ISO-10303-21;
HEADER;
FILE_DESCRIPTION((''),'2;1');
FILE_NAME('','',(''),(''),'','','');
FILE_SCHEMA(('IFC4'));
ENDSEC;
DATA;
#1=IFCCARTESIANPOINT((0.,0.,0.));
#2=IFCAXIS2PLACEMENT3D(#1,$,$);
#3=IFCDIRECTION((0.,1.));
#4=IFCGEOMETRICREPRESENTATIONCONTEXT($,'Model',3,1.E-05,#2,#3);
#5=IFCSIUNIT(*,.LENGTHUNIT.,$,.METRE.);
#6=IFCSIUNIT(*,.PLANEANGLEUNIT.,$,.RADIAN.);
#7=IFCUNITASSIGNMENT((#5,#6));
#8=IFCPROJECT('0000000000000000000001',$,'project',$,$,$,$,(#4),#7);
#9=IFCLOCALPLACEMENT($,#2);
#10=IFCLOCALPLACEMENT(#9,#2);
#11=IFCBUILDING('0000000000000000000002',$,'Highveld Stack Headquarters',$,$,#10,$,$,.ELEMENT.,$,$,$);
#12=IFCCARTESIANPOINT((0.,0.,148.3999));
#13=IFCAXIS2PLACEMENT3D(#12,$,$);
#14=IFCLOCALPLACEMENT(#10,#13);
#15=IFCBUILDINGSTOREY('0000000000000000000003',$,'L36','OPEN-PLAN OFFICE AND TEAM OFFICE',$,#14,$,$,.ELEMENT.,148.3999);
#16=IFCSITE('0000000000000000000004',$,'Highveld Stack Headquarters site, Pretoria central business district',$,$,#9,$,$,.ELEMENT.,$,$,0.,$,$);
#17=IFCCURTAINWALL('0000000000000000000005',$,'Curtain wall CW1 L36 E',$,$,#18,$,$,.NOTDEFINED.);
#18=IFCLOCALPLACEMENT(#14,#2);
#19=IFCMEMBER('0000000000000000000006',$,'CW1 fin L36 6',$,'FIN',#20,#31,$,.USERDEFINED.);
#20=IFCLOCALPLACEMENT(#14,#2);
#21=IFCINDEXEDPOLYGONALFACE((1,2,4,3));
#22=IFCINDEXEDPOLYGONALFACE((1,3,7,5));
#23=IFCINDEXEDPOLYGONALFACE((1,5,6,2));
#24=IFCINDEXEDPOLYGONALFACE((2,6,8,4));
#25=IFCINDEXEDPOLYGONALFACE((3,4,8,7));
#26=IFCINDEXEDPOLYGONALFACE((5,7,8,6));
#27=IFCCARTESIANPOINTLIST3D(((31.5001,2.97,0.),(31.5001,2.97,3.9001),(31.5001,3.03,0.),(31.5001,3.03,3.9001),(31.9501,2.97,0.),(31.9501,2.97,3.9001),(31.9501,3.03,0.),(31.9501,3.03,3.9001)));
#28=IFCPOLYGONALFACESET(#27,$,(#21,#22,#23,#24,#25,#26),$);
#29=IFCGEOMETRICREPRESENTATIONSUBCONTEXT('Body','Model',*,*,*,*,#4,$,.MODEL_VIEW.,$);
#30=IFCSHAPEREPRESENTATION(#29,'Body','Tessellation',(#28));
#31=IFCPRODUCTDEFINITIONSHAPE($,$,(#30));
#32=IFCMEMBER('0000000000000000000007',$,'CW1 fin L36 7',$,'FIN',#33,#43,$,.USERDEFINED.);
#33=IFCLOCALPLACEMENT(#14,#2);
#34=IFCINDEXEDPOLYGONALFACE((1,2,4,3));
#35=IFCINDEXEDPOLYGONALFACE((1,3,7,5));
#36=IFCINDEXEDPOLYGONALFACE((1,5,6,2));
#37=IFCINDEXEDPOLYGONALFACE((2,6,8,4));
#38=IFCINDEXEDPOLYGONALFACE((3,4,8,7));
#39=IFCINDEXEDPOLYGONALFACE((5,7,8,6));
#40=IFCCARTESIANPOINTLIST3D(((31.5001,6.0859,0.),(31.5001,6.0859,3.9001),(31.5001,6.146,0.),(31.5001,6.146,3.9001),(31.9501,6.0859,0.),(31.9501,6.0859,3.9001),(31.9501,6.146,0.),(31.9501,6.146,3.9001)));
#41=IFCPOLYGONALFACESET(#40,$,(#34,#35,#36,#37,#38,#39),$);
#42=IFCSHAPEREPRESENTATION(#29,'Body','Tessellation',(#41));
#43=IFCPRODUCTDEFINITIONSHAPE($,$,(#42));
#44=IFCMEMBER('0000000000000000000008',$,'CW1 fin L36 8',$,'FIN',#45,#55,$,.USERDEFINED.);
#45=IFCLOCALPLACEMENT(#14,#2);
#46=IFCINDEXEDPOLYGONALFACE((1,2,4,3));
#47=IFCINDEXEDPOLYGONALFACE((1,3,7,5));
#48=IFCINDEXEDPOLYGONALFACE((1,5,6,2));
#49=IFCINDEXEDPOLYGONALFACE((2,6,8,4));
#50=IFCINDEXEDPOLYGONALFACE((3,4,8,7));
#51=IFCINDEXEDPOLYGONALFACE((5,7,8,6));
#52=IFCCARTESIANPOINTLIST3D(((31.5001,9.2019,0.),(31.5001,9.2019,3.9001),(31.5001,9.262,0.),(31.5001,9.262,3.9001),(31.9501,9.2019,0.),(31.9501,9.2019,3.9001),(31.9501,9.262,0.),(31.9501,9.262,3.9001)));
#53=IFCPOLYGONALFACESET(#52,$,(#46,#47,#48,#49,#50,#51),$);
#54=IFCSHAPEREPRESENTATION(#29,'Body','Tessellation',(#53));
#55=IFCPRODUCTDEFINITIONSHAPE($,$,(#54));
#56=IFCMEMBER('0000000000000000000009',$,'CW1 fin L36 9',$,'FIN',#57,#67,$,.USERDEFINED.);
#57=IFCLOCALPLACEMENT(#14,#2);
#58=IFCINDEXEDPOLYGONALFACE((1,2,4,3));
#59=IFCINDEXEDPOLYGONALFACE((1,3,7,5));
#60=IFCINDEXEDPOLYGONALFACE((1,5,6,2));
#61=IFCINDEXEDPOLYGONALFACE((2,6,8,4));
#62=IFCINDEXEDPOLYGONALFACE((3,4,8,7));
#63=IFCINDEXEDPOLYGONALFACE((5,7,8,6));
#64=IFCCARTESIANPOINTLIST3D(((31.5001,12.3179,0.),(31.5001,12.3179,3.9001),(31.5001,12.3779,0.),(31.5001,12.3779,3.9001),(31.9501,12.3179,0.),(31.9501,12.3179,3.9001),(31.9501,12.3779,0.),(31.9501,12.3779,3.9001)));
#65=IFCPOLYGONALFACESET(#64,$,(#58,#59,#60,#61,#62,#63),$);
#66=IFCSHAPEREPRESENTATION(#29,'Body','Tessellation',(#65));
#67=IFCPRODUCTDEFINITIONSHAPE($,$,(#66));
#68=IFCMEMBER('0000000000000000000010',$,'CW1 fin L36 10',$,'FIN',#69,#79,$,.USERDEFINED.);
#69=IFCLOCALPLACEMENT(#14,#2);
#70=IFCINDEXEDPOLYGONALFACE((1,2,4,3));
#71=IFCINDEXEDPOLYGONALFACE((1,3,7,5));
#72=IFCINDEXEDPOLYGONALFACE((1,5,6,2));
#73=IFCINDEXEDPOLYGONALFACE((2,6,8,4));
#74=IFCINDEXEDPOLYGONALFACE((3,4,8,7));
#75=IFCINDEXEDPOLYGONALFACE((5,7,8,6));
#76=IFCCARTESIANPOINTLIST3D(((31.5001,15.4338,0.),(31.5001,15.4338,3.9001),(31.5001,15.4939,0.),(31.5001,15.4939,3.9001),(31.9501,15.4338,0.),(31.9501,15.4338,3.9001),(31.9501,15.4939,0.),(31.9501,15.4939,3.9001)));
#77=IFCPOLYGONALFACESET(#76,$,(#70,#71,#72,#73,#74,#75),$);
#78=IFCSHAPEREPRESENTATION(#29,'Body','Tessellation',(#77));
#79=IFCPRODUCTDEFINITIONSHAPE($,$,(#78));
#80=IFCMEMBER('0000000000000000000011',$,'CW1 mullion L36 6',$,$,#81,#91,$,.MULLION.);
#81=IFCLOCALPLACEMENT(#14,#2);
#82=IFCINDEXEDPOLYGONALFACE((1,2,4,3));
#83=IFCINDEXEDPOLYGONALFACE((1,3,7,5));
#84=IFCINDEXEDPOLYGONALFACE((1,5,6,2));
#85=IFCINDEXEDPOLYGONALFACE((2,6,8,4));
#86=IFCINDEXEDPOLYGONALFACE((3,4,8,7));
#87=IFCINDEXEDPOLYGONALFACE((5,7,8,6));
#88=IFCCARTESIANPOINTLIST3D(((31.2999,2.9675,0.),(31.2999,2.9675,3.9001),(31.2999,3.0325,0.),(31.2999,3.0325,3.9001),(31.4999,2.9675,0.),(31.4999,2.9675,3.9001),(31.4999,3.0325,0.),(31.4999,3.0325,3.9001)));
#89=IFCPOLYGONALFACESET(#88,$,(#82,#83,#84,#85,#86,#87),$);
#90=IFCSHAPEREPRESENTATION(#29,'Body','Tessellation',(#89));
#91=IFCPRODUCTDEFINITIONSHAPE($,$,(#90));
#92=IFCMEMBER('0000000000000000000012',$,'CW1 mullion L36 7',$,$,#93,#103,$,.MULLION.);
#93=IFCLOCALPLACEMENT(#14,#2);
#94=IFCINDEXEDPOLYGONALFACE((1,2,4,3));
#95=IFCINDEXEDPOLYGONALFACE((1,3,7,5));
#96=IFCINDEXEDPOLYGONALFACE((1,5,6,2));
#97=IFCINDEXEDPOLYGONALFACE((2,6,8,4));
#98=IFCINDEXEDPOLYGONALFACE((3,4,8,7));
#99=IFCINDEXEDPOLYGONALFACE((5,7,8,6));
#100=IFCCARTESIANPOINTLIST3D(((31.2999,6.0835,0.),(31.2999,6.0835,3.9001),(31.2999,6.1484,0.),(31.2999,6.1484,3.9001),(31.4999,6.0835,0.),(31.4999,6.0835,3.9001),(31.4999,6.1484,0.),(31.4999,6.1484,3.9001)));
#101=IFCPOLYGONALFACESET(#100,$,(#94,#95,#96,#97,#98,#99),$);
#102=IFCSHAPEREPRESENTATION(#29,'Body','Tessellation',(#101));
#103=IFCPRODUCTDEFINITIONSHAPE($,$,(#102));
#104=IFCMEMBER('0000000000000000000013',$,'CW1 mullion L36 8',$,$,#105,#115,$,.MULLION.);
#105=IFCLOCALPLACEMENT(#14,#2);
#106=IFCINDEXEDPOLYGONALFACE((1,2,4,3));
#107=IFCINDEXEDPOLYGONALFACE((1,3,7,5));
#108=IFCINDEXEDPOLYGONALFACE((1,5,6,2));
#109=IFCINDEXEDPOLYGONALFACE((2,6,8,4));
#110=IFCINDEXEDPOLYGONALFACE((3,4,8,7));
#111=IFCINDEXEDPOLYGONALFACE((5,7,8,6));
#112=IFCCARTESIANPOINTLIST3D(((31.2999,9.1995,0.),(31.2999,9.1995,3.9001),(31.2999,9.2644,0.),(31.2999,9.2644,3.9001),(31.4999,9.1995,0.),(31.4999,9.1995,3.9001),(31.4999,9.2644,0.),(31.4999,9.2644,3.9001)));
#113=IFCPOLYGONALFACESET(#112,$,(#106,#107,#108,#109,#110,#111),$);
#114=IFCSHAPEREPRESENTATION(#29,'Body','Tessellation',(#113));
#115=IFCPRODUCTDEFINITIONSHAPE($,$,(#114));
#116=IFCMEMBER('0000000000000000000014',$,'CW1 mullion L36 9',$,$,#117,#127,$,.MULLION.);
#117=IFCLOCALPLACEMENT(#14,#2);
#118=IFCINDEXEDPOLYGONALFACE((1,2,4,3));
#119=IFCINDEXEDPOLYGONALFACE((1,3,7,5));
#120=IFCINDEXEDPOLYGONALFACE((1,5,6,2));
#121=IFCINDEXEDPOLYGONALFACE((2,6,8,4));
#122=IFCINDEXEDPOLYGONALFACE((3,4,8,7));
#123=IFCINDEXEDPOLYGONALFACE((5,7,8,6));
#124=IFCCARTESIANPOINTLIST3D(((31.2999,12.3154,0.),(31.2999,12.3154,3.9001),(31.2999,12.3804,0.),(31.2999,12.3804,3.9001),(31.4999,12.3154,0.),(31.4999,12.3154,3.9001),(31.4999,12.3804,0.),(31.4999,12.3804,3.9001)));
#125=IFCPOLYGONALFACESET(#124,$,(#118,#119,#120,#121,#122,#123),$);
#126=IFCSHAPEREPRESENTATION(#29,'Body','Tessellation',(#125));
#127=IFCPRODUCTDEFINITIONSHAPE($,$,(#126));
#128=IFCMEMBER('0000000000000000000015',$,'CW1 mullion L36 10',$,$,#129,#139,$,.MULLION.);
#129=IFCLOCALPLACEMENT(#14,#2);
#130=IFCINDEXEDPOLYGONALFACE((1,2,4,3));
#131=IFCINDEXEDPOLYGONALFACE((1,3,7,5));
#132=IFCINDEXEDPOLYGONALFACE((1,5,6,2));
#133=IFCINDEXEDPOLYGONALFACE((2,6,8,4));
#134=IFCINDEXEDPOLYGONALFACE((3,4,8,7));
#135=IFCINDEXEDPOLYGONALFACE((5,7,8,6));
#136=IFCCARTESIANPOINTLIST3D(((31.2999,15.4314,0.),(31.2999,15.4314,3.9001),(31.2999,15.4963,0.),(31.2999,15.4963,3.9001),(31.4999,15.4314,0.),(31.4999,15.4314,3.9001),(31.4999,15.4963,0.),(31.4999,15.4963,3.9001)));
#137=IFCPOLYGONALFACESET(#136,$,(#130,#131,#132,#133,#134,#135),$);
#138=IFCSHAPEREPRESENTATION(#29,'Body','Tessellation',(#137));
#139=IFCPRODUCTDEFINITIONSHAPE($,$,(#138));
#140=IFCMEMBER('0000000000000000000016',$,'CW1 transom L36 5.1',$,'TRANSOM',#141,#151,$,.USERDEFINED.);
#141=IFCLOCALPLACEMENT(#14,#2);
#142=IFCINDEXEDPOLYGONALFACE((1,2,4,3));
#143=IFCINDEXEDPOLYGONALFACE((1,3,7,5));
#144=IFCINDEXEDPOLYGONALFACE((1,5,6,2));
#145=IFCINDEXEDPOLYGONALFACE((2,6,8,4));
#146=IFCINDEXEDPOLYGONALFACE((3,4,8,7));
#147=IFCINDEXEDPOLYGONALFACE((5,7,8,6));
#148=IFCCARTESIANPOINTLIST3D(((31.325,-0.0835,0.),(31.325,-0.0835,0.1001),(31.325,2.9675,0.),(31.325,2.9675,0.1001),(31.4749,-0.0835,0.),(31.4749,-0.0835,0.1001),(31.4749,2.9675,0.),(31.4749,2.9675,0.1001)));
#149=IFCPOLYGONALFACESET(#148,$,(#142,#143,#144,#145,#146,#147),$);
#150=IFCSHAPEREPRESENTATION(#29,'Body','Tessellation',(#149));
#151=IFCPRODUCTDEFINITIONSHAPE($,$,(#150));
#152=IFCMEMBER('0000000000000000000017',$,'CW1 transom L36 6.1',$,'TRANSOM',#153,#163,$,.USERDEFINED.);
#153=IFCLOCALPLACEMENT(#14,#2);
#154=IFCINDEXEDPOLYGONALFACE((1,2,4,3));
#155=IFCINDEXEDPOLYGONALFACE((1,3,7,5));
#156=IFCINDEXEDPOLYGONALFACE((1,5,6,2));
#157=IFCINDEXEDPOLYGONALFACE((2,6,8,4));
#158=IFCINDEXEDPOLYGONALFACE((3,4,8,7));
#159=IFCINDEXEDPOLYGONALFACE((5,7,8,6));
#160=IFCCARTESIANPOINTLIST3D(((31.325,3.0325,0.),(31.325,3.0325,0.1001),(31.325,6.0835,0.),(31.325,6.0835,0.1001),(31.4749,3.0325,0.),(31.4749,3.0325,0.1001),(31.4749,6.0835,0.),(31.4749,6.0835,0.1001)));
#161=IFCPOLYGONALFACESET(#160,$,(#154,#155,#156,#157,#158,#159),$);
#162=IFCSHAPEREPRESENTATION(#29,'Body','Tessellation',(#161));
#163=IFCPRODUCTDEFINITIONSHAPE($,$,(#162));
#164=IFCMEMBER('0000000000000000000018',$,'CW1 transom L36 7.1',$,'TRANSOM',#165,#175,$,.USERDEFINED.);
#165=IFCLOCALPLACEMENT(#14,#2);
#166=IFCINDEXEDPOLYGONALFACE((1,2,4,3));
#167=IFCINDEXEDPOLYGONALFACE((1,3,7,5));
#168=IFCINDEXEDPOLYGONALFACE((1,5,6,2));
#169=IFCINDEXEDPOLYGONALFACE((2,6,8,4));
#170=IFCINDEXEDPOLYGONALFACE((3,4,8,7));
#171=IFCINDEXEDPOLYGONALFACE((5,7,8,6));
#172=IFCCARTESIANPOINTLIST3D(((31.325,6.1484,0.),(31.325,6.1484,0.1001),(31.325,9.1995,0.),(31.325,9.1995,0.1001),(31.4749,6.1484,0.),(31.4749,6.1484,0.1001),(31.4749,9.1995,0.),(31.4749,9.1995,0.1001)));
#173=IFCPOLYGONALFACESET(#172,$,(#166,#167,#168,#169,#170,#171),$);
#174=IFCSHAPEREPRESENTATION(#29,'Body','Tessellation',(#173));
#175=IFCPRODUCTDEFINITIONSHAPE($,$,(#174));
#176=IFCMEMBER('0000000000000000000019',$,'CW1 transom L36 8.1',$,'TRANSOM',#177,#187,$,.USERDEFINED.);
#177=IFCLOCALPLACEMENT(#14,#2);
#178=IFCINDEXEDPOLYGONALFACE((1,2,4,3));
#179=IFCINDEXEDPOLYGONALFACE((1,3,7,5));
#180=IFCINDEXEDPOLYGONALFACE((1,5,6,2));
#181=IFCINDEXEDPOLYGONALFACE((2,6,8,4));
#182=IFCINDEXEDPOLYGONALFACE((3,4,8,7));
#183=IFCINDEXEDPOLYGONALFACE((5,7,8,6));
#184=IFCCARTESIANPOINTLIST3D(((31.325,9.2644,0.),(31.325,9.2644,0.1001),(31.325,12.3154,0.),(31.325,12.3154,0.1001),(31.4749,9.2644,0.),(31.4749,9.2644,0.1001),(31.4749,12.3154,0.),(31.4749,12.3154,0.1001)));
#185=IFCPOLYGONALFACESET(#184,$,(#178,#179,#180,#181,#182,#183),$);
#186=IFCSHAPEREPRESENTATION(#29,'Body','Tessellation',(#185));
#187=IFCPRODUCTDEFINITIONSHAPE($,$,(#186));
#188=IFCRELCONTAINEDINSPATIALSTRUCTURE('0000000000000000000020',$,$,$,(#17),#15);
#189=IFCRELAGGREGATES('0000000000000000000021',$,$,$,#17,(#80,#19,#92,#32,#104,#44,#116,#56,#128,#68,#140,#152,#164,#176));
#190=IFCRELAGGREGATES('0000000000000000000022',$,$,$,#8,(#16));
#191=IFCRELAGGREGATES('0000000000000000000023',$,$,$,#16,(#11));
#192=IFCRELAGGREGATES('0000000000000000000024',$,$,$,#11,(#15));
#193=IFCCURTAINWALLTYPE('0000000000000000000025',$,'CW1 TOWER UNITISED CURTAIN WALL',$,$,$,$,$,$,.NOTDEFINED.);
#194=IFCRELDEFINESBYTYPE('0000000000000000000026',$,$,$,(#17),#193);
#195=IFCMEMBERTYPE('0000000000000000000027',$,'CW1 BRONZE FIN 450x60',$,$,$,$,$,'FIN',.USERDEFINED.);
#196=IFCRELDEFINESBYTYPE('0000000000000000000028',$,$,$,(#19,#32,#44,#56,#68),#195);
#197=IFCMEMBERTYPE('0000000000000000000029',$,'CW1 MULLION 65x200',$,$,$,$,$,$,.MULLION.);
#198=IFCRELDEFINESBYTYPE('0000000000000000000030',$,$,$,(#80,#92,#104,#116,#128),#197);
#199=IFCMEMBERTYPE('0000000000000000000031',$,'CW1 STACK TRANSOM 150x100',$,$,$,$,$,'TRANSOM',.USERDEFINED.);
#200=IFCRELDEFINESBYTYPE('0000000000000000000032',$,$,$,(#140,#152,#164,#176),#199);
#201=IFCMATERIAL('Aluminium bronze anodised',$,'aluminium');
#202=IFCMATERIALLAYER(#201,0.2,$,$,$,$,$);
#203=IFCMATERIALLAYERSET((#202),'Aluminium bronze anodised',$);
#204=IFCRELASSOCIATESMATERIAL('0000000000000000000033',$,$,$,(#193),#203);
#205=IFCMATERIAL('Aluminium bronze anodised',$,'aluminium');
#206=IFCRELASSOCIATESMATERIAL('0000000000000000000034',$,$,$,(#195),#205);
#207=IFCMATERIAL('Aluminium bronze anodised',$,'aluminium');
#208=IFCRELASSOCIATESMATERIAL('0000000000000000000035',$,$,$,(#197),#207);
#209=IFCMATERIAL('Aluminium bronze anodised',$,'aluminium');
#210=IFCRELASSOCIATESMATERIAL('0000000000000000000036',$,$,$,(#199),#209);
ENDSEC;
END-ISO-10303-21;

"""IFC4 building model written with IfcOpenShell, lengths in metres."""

from ifc_helpers import new_model, si_unit, direction, frame, origin, origin_2d, place, context, subcontext, project, spatial, rectangle, extrude, material, layer, layer_set, material_profile, profile_set, type_object, element, aggregate, save


model = new_model("IFC4")

# Units and contexts
model_context = context("Model", 3, precision=1e-05, world=origin(), true_north=direction((0.0, 1.0)))
body_context = subcontext(model_context, "Body", "Model", "MODEL_VIEW")
ifc_project = project(units=[si_unit("LENGTHUNIT", "METRE"), si_unit("PLANEANGLEUNIT", "RADIAN")], contexts=[model_context])

# Site, building, storey
site_placement = place(None, origin())
site = spatial("IfcSite", under=ifc_project, at=site_placement, Name="Highveld Stack Headquarters site, Pretoria central business district", CompositionType="ELEMENT", RefElevation=0.0)
building_placement = place(site_placement, origin())
building = spatial("IfcBuilding", under=site, at=building_placement, Name="Highveld Stack Headquarters", CompositionType="ELEMENT")
storey_placement = place(building_placement, frame((0.0, 0.0, 148.3999)))
storey = spatial("IfcBuildingStorey", under=building, at=storey_placement, Name="L36", Description="OPEN-PLAN OFFICE AND TEAM OFFICE", CompositionType="ELEMENT", Elevation=148.3999)

# Curtain wall, members
ifc_material_1 = material(Name="Aluminium bronze anodised", Category="aluminium")
ifc_layer_1 = layer(ifc_material_1, 0.2)
ifc_layer_set_1 = layer_set([ifc_layer_1], Name="Aluminium bronze anodised")
curtain_wall_type = type_object("IfcCurtainWallType", Name="CW1 TOWER UNITISED CURTAIN WALL", PredefinedType="NOTDEFINED", material=ifc_layer_set_1)
curtain_wall_placement = place(storey_placement, origin())
curtain_wall = element("IfcCurtainWall", 1, at=curtain_wall_placement, inside=storey, type_object=curtain_wall_type, Name="Curtain wall CW1 L36 E", PredefinedType="NOTDEFINED")
ifc_material_2 = material(Name="Aluminium bronze anodised", Category="aluminium")
ifc_material_profile_1 = material_profile(ifc_material_2, rectangle(XDim=0.45, YDim=0.0601, at=origin_2d()), Name="FIN 450x60")
ifc_profile_set_1 = profile_set([ifc_material_profile_1], Name="Aluminium bronze anodised")
member_type_1 = type_object("IfcMemberType", Name="CW1 BRONZE FIN 450x60", ElementType="FIN", PredefinedType="USERDEFINED", material=ifc_profile_set_1)
member_1_placement = place(storey_placement, frame((31.7251, 3.0, 0.0), z_axis=(0.0, 0.0, 1.0), x_axis=(-1.0, 0.0, 0.0)))
member_1 = element("IfcMember", 2, at=member_1_placement, type_object=member_type_1, Name="CW1 fin L36 6", ObjectType="FIN", PredefinedType="USERDEFINED", context=body_context, shape_type="SweptSolid", body=[
    extrude(rectangle(XDim=0.45, YDim=0.0601, at=origin_2d()), origin(), (0.0, 0.0, 1.0), 3.9001),
])
member_2_placement = place(storey_placement, frame((31.7251, 6.116, 0.0), z_axis=(0.0, 0.0, 1.0), x_axis=(-1.0, 0.0, 0.0)))
member_2 = element("IfcMember", 3, at=member_2_placement, type_object=member_type_1, Name="CW1 fin L36 7", ObjectType="FIN", PredefinedType="USERDEFINED", context=body_context, shape_type="SweptSolid", body=[
    extrude(rectangle(XDim=0.45, YDim=0.0601, at=origin_2d()), origin(), (0.0, 0.0, 1.0), 3.9001),
])
member_3_placement = place(storey_placement, frame((31.7251, 9.2319, 0.0), z_axis=(0.0, 0.0, 1.0), x_axis=(-1.0, 0.0, 0.0)))
member_3 = element("IfcMember", 4, at=member_3_placement, type_object=member_type_1, Name="CW1 fin L36 8", ObjectType="FIN", PredefinedType="USERDEFINED", context=body_context, shape_type="SweptSolid", body=[
    extrude(rectangle(XDim=0.45, YDim=0.0601, at=origin_2d()), origin(), (0.0, 0.0, 1.0), 3.9001),
])
member_4_placement = place(storey_placement, frame((31.7251, 12.3479, 0.0), z_axis=(0.0, 0.0, 1.0), x_axis=(-1.0, 0.0, 0.0)))
member_4 = element("IfcMember", 5, at=member_4_placement, type_object=member_type_1, Name="CW1 fin L36 9", ObjectType="FIN", PredefinedType="USERDEFINED", context=body_context, shape_type="SweptSolid", body=[
    extrude(rectangle(XDim=0.45, YDim=0.0601, at=origin_2d()), origin(), (0.0, 0.0, 1.0), 3.9001),
])
member_5_placement = place(storey_placement, frame((31.7251, 15.4639, 0.0), z_axis=(0.0, 0.0, 1.0), x_axis=(-1.0, 0.0, 0.0)))
member_5 = element("IfcMember", 6, at=member_5_placement, type_object=member_type_1, Name="CW1 fin L36 10", ObjectType="FIN", PredefinedType="USERDEFINED", context=body_context, shape_type="SweptSolid", body=[
    extrude(rectangle(XDim=0.45, YDim=0.0601, at=origin_2d()), origin(), (0.0, 0.0, 1.0), 3.9001),
])
ifc_material_3 = material(Name="Aluminium bronze anodised", Category="aluminium")
ifc_material_profile_2 = material_profile(ifc_material_3, rectangle(XDim=0.2, YDim=0.0649, at=origin_2d()), Name="CW1 MULLION 65x200")
ifc_profile_set_2 = profile_set([ifc_material_profile_2], Name="Aluminium bronze anodised")
member_type_2 = type_object("IfcMemberType", Name="CW1 MULLION 65x200", PredefinedType="MULLION", material=ifc_profile_set_2)
member_6_placement = place(storey_placement, frame((31.3999, 3.0, 0.0), z_axis=(0.0, 0.0, 1.0), x_axis=(-1.0, 0.0, 0.0)))
member_6 = element("IfcMember", 7, at=member_6_placement, type_object=member_type_2, Name="CW1 mullion L36 6", PredefinedType="MULLION", context=body_context, shape_type="SweptSolid", body=[
    extrude(rectangle(XDim=0.2, YDim=0.0649, at=origin_2d()), origin(), (0.0, 0.0, 1.0), 3.9001),
])
member_7_placement = place(storey_placement, frame((31.3999, 6.116, 0.0), z_axis=(0.0, 0.0, 1.0), x_axis=(-1.0, 0.0, 0.0)))
member_7 = element("IfcMember", 8, at=member_7_placement, type_object=member_type_2, Name="CW1 mullion L36 7", PredefinedType="MULLION", context=body_context, shape_type="SweptSolid", body=[
    extrude(rectangle(XDim=0.2, YDim=0.0649, at=origin_2d()), origin(), (0.0, 0.0, 1.0), 3.9001),
])
member_8_placement = place(storey_placement, frame((31.3999, 9.2319, 0.0), z_axis=(0.0, 0.0, 1.0), x_axis=(-1.0, 0.0, 0.0)))
member_8 = element("IfcMember", 9, at=member_8_placement, type_object=member_type_2, Name="CW1 mullion L36 8", PredefinedType="MULLION", context=body_context, shape_type="SweptSolid", body=[
    extrude(rectangle(XDim=0.2, YDim=0.0649, at=origin_2d()), origin(), (0.0, 0.0, 1.0), 3.9001),
])
member_9_placement = place(storey_placement, frame((31.3999, 12.3479, 0.0), z_axis=(0.0, 0.0, 1.0), x_axis=(-1.0, 0.0, 0.0)))
member_9 = element("IfcMember", 10, at=member_9_placement, type_object=member_type_2, Name="CW1 mullion L36 9", PredefinedType="MULLION", context=body_context, shape_type="SweptSolid", body=[
    extrude(rectangle(XDim=0.2, YDim=0.0649, at=origin_2d()), origin(), (0.0, 0.0, 1.0), 3.9001),
])
member_10_placement = place(storey_placement, frame((31.3999, 15.4639, 0.0), z_axis=(0.0, 0.0, 1.0), x_axis=(-1.0, 0.0, 0.0)))
member_10 = element("IfcMember", 11, at=member_10_placement, type_object=member_type_2, Name="CW1 mullion L36 10", PredefinedType="MULLION", context=body_context, shape_type="SweptSolid", body=[
    extrude(rectangle(XDim=0.2, YDim=0.0649, at=origin_2d()), origin(), (0.0, 0.0, 1.0), 3.9001),
])
ifc_material_4 = material(Name="Aluminium bronze anodised", Category="aluminium")
ifc_material_profile_3 = material_profile(ifc_material_4, rectangle(XDim=0.1499, YDim=0.1001, at=origin_2d()), Name="CW1 TRANSOM 150x100")
ifc_profile_set_3 = profile_set([ifc_material_profile_3], Name="Aluminium bronze anodised")
member_type_3 = type_object("IfcMemberType", Name="CW1 STACK TRANSOM 150x100", ElementType="TRANSOM", PredefinedType="USERDEFINED", material=ifc_profile_set_3)
member_11_placement = place(storey_placement, frame((31.3999, -0.0835, 0.05), z_axis=(0.0, 1.0, 0.0), x_axis=(-1.0, 0.0, 0.0)))
member_11 = element("IfcMember", 12, at=member_11_placement, type_object=member_type_3, Name="CW1 transom L36 5.1", ObjectType="TRANSOM", PredefinedType="USERDEFINED", context=body_context, shape_type="SweptSolid", body=[
    extrude(rectangle(XDim=0.1499, YDim=0.1001, at=origin_2d()), origin(), (0.0, 0.0, 1.0), 3.051),
])
member_12_placement = place(storey_placement, frame((31.3999, 3.0325, 0.05), z_axis=(0.0, 1.0, 0.0), x_axis=(-1.0, 0.0, 0.0)))
member_12 = element("IfcMember", 13, at=member_12_placement, type_object=member_type_3, Name="CW1 transom L36 6.1", ObjectType="TRANSOM", PredefinedType="USERDEFINED", context=body_context, shape_type="SweptSolid", body=[
    extrude(rectangle(XDim=0.1499, YDim=0.1001, at=origin_2d()), origin(), (0.0, 0.0, 1.0), 3.051),
])
member_13_placement = place(storey_placement, frame((31.3999, 6.1484, 0.05), z_axis=(0.0, 1.0, 0.0), x_axis=(-1.0, 0.0, 0.0)))
member_13 = element("IfcMember", 14, at=member_13_placement, type_object=member_type_3, Name="CW1 transom L36 7.1", ObjectType="TRANSOM", PredefinedType="USERDEFINED", context=body_context, shape_type="SweptSolid", body=[
    extrude(rectangle(XDim=0.1499, YDim=0.1001, at=origin_2d()), origin(), (0.0, 0.0, 1.0), 3.051),
])
member_14_placement = place(storey_placement, frame((31.3999, 9.2644, 0.05), z_axis=(0.0, 1.0, 0.0), x_axis=(-1.0, 0.0, 0.0)))
member_14 = element("IfcMember", 15, at=member_14_placement, type_object=member_type_3, Name="CW1 transom L36 8.1", ObjectType="TRANSOM", PredefinedType="USERDEFINED", context=body_context, shape_type="SweptSolid", body=[
    extrude(rectangle(XDim=0.1499, YDim=0.1001, at=origin_2d()), origin(), (0.0, 0.0, 1.0), 3.051),
])

aggregate(curtain_wall, [member_6, member_1, member_7, member_2, member_8, member_3, member_9, member_4, member_10, member_5, member_11, member_12, member_13, member_14])

save(model, "model.ifc")
